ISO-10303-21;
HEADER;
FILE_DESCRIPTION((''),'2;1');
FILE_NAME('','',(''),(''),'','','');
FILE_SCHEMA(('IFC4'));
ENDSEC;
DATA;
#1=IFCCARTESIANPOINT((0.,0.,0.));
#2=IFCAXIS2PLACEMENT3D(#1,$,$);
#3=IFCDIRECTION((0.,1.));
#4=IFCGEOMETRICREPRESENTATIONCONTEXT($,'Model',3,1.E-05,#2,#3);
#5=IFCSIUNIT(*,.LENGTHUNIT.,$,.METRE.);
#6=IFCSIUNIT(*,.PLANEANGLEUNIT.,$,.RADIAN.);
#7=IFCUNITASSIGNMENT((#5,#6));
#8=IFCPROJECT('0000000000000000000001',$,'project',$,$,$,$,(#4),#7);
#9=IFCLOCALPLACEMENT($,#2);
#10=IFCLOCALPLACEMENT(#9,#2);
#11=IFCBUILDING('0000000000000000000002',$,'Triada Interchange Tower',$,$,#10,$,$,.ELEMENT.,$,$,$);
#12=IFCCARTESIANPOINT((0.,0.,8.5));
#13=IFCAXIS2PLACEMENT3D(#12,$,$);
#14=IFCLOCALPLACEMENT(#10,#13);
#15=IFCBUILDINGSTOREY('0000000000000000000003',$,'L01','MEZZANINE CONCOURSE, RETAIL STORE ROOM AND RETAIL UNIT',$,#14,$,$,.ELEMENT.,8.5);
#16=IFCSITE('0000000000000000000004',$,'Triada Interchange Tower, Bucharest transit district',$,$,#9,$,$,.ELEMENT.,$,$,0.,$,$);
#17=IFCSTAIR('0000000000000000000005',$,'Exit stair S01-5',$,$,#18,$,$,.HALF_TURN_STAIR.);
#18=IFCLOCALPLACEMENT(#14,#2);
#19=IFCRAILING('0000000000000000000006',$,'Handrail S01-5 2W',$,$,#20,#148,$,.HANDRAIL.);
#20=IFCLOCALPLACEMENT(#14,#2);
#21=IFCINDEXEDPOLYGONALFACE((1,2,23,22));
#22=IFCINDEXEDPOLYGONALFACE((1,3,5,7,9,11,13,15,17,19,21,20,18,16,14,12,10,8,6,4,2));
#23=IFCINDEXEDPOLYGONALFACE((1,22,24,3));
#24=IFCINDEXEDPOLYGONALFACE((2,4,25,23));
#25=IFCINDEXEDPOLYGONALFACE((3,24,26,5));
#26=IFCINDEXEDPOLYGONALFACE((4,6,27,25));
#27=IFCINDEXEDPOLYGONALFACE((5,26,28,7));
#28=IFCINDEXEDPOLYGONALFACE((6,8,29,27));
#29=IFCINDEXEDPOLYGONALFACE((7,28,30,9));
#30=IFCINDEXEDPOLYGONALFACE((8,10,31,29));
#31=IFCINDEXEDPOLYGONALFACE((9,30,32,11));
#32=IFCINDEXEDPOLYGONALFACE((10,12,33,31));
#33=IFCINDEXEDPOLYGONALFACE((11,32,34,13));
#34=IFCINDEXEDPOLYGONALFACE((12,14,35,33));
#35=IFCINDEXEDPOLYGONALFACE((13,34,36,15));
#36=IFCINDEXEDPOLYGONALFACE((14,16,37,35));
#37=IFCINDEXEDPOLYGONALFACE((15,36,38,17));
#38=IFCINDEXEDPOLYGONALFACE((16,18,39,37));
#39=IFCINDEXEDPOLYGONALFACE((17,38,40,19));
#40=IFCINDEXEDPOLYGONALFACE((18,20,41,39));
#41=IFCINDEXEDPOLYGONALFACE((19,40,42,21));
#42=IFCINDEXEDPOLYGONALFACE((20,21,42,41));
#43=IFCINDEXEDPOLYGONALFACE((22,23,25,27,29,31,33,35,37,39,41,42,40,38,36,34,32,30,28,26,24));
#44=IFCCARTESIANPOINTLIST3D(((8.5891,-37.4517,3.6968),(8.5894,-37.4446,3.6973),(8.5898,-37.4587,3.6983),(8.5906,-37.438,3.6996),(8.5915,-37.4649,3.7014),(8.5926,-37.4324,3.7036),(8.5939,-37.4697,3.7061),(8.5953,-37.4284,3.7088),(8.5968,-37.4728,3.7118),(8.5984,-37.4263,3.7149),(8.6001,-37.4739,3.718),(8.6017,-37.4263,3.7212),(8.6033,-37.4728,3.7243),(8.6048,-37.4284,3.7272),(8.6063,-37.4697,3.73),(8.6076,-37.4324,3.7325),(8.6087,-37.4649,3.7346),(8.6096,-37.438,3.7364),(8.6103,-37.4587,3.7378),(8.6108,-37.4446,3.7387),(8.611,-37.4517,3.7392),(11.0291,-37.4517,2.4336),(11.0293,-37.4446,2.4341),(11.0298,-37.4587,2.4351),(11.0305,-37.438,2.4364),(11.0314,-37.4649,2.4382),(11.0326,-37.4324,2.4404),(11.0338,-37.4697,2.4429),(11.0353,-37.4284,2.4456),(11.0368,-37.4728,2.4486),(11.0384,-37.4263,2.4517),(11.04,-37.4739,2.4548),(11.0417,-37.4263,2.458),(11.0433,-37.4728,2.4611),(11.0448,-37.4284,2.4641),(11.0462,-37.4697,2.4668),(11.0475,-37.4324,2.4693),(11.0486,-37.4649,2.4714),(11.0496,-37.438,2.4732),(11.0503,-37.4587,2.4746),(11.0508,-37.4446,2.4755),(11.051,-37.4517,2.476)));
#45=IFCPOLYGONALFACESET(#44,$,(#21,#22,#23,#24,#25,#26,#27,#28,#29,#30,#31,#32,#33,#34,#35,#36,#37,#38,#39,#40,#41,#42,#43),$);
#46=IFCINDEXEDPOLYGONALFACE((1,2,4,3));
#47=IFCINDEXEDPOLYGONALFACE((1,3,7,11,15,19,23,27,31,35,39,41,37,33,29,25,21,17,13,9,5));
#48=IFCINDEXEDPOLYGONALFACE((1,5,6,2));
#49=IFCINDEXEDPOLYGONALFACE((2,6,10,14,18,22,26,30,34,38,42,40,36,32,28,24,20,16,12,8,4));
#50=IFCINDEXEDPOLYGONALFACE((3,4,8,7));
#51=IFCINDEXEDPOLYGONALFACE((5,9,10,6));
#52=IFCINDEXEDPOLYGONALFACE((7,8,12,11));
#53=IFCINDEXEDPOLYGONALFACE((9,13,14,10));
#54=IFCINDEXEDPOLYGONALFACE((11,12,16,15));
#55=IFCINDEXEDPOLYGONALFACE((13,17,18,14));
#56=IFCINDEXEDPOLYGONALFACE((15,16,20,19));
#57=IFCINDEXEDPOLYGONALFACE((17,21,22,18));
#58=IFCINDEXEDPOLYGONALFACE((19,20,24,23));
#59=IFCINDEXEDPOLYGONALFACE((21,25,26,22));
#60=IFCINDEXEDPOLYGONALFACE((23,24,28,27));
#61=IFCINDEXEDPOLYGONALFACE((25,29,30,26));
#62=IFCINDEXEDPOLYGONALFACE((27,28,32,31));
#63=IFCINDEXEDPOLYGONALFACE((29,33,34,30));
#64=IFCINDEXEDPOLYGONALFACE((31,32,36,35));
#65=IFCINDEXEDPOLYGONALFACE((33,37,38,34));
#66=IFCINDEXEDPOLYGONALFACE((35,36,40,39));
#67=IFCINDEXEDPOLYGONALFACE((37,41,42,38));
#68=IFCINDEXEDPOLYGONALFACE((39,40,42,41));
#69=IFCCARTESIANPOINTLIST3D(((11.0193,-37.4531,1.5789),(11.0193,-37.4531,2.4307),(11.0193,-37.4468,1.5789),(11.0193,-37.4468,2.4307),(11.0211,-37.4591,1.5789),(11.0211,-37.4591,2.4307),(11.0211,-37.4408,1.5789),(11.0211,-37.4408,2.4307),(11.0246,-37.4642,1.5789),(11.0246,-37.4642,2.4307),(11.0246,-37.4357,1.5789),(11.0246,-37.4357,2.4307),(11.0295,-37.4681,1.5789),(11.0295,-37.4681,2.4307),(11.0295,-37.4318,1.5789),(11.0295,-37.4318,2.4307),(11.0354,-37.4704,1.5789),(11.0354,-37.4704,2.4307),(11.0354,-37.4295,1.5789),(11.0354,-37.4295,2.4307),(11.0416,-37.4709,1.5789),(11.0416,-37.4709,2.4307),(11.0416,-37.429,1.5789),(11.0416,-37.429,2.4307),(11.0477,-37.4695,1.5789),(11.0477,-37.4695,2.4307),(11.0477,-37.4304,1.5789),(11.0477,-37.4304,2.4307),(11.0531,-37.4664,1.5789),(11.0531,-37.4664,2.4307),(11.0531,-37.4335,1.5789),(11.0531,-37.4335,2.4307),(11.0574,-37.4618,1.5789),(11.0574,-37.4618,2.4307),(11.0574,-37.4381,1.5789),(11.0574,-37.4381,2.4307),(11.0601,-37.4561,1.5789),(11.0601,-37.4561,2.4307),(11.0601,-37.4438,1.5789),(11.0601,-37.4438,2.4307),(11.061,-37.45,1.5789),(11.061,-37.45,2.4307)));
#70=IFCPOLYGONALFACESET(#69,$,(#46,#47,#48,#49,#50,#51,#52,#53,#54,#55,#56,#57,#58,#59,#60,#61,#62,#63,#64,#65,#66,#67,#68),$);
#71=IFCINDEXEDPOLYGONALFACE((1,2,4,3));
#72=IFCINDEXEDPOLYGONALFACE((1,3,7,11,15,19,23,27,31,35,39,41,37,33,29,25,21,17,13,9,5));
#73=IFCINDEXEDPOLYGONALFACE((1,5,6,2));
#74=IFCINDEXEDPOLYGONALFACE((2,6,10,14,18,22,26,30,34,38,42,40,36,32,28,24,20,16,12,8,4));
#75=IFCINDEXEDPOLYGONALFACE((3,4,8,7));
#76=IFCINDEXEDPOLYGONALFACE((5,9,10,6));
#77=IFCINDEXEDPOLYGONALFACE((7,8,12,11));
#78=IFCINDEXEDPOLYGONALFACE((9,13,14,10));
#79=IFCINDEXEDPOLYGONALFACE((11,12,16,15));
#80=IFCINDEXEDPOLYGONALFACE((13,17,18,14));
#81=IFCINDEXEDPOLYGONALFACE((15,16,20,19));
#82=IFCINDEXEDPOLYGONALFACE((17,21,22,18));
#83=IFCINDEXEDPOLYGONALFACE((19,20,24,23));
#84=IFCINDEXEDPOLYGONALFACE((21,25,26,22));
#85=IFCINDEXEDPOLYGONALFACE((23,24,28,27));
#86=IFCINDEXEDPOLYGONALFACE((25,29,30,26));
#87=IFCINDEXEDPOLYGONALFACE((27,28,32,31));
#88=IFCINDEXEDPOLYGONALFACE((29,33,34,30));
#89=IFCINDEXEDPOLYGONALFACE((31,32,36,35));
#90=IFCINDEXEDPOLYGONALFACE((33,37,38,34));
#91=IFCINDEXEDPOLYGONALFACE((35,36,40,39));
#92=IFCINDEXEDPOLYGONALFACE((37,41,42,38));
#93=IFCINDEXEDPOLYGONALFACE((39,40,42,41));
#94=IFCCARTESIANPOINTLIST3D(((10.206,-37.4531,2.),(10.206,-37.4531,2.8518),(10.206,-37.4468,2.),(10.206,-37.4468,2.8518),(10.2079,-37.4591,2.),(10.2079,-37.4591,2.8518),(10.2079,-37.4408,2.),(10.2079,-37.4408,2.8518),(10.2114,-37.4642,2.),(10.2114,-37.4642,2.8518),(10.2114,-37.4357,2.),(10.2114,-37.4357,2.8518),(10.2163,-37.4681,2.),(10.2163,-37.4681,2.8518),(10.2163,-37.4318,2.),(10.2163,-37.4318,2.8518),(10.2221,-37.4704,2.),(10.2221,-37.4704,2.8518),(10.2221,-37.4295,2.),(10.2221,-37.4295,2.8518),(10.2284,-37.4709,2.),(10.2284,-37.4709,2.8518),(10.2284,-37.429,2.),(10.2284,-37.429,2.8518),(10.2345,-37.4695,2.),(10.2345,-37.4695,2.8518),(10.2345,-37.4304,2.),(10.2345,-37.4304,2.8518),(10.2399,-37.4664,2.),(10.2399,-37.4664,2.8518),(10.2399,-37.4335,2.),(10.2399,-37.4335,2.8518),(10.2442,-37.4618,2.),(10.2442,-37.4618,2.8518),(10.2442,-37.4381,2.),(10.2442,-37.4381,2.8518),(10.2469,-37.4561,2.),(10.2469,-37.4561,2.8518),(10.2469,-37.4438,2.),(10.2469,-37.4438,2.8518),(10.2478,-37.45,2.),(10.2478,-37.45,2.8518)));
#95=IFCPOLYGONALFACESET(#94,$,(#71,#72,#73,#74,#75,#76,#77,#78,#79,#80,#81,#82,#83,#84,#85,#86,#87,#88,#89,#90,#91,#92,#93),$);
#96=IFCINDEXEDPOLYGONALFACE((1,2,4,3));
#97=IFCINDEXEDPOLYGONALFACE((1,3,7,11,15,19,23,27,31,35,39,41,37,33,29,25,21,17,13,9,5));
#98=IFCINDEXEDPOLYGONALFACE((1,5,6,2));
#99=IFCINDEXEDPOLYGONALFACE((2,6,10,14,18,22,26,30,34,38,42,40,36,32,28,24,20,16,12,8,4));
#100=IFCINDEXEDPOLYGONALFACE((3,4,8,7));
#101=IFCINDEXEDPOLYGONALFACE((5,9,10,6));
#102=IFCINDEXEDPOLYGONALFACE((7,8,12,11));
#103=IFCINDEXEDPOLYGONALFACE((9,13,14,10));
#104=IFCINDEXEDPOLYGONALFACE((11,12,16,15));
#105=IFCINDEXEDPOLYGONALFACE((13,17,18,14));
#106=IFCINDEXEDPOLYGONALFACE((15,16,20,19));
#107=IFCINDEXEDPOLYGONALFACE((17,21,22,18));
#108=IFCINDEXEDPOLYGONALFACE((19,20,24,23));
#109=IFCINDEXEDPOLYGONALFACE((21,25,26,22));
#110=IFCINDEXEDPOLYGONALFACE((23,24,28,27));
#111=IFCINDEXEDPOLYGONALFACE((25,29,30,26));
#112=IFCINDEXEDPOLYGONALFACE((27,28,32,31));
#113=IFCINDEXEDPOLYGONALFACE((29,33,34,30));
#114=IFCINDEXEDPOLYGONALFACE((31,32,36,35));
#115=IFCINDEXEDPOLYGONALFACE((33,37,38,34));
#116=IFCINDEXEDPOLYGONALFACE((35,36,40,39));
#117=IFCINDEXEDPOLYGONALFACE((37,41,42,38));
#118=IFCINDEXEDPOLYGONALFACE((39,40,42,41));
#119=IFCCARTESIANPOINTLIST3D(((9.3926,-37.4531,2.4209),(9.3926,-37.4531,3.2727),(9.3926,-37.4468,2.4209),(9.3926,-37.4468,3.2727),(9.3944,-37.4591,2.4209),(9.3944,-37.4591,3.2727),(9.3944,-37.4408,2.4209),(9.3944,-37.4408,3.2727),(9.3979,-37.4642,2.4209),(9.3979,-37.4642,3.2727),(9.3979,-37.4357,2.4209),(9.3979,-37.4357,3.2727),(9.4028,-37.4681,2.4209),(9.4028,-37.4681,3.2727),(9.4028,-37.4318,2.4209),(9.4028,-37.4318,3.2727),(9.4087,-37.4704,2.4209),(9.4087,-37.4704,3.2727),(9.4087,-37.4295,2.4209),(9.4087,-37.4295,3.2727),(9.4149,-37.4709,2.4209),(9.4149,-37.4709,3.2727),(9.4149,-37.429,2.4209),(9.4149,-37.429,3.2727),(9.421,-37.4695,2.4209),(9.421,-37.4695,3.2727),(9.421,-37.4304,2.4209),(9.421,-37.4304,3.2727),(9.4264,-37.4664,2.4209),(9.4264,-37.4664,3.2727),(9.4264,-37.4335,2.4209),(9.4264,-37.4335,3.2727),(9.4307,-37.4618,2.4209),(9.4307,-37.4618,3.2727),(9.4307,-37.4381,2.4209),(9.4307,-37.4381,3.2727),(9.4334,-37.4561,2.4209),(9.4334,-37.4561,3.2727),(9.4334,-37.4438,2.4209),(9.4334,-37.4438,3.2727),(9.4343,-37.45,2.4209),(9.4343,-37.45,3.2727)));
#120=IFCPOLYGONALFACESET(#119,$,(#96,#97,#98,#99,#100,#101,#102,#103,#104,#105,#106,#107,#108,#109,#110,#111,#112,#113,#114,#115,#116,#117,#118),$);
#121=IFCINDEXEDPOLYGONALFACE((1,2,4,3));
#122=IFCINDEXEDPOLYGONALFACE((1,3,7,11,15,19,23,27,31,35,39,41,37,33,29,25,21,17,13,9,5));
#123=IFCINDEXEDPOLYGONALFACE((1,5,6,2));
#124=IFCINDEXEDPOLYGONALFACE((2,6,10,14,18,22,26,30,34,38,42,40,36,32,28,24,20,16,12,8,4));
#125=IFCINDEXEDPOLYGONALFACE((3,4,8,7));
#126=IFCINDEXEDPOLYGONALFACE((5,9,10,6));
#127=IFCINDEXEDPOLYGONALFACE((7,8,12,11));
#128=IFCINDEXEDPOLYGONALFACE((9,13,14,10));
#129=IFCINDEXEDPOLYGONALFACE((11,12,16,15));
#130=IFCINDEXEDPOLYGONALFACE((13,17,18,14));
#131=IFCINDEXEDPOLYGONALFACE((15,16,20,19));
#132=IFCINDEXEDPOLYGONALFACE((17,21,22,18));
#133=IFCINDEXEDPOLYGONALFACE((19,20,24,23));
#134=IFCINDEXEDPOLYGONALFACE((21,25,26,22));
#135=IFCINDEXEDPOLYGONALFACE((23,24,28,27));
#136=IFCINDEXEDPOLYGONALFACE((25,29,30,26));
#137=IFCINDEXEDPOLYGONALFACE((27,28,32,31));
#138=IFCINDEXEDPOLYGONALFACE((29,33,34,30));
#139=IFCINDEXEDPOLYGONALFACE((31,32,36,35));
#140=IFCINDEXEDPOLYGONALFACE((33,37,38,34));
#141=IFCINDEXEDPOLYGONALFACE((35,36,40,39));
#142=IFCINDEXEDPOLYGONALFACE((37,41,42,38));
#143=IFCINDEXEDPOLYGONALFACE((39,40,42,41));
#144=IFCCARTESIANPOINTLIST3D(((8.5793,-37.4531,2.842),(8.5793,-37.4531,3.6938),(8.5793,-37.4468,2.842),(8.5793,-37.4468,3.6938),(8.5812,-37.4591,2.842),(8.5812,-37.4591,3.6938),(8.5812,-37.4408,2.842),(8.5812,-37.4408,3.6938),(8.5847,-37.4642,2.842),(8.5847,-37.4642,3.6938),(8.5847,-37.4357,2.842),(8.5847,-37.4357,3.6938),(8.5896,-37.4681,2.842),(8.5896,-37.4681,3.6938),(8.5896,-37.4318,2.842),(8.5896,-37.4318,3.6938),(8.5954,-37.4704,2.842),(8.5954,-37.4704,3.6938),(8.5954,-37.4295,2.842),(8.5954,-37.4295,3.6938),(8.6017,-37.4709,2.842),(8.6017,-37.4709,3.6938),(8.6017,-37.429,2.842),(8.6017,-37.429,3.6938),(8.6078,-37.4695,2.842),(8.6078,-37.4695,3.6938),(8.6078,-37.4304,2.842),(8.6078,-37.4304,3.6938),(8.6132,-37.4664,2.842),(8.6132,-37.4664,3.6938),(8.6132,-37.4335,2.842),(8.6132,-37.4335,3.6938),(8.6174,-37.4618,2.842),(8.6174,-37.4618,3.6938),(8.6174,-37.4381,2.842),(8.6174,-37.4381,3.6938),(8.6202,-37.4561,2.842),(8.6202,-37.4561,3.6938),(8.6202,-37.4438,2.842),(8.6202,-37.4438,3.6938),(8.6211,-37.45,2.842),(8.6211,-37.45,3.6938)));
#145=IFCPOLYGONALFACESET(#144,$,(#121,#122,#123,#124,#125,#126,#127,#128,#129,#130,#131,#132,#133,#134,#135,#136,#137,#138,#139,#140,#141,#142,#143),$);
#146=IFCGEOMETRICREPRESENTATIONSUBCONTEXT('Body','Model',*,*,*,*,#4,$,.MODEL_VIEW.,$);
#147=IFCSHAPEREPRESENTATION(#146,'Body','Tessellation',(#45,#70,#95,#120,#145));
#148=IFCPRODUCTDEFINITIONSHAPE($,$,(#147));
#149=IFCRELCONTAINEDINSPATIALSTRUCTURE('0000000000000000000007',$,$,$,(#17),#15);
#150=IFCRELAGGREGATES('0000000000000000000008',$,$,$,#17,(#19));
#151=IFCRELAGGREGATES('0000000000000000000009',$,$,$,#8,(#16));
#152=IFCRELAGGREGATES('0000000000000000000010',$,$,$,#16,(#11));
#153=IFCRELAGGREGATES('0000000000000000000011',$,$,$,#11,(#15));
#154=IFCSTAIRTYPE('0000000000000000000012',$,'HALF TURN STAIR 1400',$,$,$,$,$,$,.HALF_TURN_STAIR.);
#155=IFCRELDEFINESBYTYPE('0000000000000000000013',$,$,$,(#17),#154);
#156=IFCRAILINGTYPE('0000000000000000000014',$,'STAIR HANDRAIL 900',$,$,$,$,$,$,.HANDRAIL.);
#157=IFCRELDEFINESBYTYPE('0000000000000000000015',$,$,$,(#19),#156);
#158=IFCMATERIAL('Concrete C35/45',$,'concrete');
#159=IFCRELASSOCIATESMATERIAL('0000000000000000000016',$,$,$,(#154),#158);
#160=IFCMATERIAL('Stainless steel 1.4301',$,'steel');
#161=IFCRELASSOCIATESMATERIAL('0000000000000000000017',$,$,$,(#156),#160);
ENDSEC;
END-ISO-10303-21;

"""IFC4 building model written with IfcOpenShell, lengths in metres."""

from ifc_helpers import new_model, si_unit, direction, frame, origin, origin_2d, place, context, subcontext, project, spatial, circle, extrude, material, type_object, element, aggregate, save


model = new_model("IFC4")

# Units and contexts
model_context = context("Model", 3, precision=1e-05, world=origin(), true_north=direction((0.0, 1.0)))
body_context = subcontext(model_context, "Body", "Model", "MODEL_VIEW")
ifc_project = project(units=[si_unit("LENGTHUNIT", "METRE"), si_unit("PLANEANGLEUNIT", "RADIAN")], contexts=[model_context])

# Site, building, storey
site_placement = place(None, origin())
site = spatial("IfcSite", under=ifc_project, at=site_placement, Name="Triada Interchange Tower, Bucharest transit district", CompositionType="ELEMENT", RefElevation=0.0)
building_placement = place(site_placement, origin())
building = spatial("IfcBuilding", under=site, at=building_placement, Name="Triada Interchange Tower", CompositionType="ELEMENT")
storey_placement = place(building_placement, frame((0.0, 0.0, 8.5)))
storey = spatial("IfcBuildingStorey", under=building, at=storey_placement, Name="L01", Description="MEZZANINE CONCOURSE, RETAIL STORE ROOM AND RETAIL UNIT", CompositionType="ELEMENT", Elevation=8.5)

# Stair, railing
ifc_material_1 = material(Name="Concrete C35/45", Category="concrete")
stair_type = type_object("IfcStairType", Name="HALF TURN STAIR 1400", PredefinedType="HALF_TURN_STAIR", material=ifc_material_1)
stair_placement = place(storey_placement, origin())
stair = element("IfcStair", 1, at=stair_placement, inside=storey, type_object=stair_type, Name="Exit stair S01-5", PredefinedType="HALF_TURN_STAIR")
ifc_material_2 = material(Name="Stainless steel 1.4301", Category="steel")
railing_type = type_object("IfcRailingType", Name="STAIR HANDRAIL 900", PredefinedType="HANDRAIL", material=ifc_material_2)
railing_1_placement = place(storey_placement, frame((11.04, -37.45, 1.5789)))
railing_1 = element("IfcRailing", 2, at=railing_1_placement, type_object=railing_type, Name="Handrail S01-5 2W", PredefinedType="HANDRAIL", context=body_context, shape_type="SweptSolid", body=[
    extrude(circle(Radius=0.0239, at=origin_2d()), frame((0.0, 0.0, 0.876), z_axis=(-0.888048, 0.0, 0.459752), x_axis=(0.0, -1.0, 0.0)), (0.0, 0.0, 1.0), 2.7476),
    extrude(circle(Radius=0.021, at=origin_2d()), origin(), (0.0, 0.0, 1.0), 0.8518),
    extrude(circle(Radius=0.021, at=origin_2d()), frame((-0.8132, 0.0, 0.4211)), (0.0, 0.0, 1.0), 0.8518),
    extrude(circle(Radius=0.021, at=origin_2d()), frame((-1.6267, 0.0, 0.842)), (0.0, 0.0, 1.0), 0.8518),
    extrude(circle(Radius=0.021, at=origin_2d()), frame((-2.4399, 0.0, 1.2632)), (0.0, 0.0, 1.0), 0.8518),
])
aggregate(stair, [railing_1])

save(model, "model.ifc")
